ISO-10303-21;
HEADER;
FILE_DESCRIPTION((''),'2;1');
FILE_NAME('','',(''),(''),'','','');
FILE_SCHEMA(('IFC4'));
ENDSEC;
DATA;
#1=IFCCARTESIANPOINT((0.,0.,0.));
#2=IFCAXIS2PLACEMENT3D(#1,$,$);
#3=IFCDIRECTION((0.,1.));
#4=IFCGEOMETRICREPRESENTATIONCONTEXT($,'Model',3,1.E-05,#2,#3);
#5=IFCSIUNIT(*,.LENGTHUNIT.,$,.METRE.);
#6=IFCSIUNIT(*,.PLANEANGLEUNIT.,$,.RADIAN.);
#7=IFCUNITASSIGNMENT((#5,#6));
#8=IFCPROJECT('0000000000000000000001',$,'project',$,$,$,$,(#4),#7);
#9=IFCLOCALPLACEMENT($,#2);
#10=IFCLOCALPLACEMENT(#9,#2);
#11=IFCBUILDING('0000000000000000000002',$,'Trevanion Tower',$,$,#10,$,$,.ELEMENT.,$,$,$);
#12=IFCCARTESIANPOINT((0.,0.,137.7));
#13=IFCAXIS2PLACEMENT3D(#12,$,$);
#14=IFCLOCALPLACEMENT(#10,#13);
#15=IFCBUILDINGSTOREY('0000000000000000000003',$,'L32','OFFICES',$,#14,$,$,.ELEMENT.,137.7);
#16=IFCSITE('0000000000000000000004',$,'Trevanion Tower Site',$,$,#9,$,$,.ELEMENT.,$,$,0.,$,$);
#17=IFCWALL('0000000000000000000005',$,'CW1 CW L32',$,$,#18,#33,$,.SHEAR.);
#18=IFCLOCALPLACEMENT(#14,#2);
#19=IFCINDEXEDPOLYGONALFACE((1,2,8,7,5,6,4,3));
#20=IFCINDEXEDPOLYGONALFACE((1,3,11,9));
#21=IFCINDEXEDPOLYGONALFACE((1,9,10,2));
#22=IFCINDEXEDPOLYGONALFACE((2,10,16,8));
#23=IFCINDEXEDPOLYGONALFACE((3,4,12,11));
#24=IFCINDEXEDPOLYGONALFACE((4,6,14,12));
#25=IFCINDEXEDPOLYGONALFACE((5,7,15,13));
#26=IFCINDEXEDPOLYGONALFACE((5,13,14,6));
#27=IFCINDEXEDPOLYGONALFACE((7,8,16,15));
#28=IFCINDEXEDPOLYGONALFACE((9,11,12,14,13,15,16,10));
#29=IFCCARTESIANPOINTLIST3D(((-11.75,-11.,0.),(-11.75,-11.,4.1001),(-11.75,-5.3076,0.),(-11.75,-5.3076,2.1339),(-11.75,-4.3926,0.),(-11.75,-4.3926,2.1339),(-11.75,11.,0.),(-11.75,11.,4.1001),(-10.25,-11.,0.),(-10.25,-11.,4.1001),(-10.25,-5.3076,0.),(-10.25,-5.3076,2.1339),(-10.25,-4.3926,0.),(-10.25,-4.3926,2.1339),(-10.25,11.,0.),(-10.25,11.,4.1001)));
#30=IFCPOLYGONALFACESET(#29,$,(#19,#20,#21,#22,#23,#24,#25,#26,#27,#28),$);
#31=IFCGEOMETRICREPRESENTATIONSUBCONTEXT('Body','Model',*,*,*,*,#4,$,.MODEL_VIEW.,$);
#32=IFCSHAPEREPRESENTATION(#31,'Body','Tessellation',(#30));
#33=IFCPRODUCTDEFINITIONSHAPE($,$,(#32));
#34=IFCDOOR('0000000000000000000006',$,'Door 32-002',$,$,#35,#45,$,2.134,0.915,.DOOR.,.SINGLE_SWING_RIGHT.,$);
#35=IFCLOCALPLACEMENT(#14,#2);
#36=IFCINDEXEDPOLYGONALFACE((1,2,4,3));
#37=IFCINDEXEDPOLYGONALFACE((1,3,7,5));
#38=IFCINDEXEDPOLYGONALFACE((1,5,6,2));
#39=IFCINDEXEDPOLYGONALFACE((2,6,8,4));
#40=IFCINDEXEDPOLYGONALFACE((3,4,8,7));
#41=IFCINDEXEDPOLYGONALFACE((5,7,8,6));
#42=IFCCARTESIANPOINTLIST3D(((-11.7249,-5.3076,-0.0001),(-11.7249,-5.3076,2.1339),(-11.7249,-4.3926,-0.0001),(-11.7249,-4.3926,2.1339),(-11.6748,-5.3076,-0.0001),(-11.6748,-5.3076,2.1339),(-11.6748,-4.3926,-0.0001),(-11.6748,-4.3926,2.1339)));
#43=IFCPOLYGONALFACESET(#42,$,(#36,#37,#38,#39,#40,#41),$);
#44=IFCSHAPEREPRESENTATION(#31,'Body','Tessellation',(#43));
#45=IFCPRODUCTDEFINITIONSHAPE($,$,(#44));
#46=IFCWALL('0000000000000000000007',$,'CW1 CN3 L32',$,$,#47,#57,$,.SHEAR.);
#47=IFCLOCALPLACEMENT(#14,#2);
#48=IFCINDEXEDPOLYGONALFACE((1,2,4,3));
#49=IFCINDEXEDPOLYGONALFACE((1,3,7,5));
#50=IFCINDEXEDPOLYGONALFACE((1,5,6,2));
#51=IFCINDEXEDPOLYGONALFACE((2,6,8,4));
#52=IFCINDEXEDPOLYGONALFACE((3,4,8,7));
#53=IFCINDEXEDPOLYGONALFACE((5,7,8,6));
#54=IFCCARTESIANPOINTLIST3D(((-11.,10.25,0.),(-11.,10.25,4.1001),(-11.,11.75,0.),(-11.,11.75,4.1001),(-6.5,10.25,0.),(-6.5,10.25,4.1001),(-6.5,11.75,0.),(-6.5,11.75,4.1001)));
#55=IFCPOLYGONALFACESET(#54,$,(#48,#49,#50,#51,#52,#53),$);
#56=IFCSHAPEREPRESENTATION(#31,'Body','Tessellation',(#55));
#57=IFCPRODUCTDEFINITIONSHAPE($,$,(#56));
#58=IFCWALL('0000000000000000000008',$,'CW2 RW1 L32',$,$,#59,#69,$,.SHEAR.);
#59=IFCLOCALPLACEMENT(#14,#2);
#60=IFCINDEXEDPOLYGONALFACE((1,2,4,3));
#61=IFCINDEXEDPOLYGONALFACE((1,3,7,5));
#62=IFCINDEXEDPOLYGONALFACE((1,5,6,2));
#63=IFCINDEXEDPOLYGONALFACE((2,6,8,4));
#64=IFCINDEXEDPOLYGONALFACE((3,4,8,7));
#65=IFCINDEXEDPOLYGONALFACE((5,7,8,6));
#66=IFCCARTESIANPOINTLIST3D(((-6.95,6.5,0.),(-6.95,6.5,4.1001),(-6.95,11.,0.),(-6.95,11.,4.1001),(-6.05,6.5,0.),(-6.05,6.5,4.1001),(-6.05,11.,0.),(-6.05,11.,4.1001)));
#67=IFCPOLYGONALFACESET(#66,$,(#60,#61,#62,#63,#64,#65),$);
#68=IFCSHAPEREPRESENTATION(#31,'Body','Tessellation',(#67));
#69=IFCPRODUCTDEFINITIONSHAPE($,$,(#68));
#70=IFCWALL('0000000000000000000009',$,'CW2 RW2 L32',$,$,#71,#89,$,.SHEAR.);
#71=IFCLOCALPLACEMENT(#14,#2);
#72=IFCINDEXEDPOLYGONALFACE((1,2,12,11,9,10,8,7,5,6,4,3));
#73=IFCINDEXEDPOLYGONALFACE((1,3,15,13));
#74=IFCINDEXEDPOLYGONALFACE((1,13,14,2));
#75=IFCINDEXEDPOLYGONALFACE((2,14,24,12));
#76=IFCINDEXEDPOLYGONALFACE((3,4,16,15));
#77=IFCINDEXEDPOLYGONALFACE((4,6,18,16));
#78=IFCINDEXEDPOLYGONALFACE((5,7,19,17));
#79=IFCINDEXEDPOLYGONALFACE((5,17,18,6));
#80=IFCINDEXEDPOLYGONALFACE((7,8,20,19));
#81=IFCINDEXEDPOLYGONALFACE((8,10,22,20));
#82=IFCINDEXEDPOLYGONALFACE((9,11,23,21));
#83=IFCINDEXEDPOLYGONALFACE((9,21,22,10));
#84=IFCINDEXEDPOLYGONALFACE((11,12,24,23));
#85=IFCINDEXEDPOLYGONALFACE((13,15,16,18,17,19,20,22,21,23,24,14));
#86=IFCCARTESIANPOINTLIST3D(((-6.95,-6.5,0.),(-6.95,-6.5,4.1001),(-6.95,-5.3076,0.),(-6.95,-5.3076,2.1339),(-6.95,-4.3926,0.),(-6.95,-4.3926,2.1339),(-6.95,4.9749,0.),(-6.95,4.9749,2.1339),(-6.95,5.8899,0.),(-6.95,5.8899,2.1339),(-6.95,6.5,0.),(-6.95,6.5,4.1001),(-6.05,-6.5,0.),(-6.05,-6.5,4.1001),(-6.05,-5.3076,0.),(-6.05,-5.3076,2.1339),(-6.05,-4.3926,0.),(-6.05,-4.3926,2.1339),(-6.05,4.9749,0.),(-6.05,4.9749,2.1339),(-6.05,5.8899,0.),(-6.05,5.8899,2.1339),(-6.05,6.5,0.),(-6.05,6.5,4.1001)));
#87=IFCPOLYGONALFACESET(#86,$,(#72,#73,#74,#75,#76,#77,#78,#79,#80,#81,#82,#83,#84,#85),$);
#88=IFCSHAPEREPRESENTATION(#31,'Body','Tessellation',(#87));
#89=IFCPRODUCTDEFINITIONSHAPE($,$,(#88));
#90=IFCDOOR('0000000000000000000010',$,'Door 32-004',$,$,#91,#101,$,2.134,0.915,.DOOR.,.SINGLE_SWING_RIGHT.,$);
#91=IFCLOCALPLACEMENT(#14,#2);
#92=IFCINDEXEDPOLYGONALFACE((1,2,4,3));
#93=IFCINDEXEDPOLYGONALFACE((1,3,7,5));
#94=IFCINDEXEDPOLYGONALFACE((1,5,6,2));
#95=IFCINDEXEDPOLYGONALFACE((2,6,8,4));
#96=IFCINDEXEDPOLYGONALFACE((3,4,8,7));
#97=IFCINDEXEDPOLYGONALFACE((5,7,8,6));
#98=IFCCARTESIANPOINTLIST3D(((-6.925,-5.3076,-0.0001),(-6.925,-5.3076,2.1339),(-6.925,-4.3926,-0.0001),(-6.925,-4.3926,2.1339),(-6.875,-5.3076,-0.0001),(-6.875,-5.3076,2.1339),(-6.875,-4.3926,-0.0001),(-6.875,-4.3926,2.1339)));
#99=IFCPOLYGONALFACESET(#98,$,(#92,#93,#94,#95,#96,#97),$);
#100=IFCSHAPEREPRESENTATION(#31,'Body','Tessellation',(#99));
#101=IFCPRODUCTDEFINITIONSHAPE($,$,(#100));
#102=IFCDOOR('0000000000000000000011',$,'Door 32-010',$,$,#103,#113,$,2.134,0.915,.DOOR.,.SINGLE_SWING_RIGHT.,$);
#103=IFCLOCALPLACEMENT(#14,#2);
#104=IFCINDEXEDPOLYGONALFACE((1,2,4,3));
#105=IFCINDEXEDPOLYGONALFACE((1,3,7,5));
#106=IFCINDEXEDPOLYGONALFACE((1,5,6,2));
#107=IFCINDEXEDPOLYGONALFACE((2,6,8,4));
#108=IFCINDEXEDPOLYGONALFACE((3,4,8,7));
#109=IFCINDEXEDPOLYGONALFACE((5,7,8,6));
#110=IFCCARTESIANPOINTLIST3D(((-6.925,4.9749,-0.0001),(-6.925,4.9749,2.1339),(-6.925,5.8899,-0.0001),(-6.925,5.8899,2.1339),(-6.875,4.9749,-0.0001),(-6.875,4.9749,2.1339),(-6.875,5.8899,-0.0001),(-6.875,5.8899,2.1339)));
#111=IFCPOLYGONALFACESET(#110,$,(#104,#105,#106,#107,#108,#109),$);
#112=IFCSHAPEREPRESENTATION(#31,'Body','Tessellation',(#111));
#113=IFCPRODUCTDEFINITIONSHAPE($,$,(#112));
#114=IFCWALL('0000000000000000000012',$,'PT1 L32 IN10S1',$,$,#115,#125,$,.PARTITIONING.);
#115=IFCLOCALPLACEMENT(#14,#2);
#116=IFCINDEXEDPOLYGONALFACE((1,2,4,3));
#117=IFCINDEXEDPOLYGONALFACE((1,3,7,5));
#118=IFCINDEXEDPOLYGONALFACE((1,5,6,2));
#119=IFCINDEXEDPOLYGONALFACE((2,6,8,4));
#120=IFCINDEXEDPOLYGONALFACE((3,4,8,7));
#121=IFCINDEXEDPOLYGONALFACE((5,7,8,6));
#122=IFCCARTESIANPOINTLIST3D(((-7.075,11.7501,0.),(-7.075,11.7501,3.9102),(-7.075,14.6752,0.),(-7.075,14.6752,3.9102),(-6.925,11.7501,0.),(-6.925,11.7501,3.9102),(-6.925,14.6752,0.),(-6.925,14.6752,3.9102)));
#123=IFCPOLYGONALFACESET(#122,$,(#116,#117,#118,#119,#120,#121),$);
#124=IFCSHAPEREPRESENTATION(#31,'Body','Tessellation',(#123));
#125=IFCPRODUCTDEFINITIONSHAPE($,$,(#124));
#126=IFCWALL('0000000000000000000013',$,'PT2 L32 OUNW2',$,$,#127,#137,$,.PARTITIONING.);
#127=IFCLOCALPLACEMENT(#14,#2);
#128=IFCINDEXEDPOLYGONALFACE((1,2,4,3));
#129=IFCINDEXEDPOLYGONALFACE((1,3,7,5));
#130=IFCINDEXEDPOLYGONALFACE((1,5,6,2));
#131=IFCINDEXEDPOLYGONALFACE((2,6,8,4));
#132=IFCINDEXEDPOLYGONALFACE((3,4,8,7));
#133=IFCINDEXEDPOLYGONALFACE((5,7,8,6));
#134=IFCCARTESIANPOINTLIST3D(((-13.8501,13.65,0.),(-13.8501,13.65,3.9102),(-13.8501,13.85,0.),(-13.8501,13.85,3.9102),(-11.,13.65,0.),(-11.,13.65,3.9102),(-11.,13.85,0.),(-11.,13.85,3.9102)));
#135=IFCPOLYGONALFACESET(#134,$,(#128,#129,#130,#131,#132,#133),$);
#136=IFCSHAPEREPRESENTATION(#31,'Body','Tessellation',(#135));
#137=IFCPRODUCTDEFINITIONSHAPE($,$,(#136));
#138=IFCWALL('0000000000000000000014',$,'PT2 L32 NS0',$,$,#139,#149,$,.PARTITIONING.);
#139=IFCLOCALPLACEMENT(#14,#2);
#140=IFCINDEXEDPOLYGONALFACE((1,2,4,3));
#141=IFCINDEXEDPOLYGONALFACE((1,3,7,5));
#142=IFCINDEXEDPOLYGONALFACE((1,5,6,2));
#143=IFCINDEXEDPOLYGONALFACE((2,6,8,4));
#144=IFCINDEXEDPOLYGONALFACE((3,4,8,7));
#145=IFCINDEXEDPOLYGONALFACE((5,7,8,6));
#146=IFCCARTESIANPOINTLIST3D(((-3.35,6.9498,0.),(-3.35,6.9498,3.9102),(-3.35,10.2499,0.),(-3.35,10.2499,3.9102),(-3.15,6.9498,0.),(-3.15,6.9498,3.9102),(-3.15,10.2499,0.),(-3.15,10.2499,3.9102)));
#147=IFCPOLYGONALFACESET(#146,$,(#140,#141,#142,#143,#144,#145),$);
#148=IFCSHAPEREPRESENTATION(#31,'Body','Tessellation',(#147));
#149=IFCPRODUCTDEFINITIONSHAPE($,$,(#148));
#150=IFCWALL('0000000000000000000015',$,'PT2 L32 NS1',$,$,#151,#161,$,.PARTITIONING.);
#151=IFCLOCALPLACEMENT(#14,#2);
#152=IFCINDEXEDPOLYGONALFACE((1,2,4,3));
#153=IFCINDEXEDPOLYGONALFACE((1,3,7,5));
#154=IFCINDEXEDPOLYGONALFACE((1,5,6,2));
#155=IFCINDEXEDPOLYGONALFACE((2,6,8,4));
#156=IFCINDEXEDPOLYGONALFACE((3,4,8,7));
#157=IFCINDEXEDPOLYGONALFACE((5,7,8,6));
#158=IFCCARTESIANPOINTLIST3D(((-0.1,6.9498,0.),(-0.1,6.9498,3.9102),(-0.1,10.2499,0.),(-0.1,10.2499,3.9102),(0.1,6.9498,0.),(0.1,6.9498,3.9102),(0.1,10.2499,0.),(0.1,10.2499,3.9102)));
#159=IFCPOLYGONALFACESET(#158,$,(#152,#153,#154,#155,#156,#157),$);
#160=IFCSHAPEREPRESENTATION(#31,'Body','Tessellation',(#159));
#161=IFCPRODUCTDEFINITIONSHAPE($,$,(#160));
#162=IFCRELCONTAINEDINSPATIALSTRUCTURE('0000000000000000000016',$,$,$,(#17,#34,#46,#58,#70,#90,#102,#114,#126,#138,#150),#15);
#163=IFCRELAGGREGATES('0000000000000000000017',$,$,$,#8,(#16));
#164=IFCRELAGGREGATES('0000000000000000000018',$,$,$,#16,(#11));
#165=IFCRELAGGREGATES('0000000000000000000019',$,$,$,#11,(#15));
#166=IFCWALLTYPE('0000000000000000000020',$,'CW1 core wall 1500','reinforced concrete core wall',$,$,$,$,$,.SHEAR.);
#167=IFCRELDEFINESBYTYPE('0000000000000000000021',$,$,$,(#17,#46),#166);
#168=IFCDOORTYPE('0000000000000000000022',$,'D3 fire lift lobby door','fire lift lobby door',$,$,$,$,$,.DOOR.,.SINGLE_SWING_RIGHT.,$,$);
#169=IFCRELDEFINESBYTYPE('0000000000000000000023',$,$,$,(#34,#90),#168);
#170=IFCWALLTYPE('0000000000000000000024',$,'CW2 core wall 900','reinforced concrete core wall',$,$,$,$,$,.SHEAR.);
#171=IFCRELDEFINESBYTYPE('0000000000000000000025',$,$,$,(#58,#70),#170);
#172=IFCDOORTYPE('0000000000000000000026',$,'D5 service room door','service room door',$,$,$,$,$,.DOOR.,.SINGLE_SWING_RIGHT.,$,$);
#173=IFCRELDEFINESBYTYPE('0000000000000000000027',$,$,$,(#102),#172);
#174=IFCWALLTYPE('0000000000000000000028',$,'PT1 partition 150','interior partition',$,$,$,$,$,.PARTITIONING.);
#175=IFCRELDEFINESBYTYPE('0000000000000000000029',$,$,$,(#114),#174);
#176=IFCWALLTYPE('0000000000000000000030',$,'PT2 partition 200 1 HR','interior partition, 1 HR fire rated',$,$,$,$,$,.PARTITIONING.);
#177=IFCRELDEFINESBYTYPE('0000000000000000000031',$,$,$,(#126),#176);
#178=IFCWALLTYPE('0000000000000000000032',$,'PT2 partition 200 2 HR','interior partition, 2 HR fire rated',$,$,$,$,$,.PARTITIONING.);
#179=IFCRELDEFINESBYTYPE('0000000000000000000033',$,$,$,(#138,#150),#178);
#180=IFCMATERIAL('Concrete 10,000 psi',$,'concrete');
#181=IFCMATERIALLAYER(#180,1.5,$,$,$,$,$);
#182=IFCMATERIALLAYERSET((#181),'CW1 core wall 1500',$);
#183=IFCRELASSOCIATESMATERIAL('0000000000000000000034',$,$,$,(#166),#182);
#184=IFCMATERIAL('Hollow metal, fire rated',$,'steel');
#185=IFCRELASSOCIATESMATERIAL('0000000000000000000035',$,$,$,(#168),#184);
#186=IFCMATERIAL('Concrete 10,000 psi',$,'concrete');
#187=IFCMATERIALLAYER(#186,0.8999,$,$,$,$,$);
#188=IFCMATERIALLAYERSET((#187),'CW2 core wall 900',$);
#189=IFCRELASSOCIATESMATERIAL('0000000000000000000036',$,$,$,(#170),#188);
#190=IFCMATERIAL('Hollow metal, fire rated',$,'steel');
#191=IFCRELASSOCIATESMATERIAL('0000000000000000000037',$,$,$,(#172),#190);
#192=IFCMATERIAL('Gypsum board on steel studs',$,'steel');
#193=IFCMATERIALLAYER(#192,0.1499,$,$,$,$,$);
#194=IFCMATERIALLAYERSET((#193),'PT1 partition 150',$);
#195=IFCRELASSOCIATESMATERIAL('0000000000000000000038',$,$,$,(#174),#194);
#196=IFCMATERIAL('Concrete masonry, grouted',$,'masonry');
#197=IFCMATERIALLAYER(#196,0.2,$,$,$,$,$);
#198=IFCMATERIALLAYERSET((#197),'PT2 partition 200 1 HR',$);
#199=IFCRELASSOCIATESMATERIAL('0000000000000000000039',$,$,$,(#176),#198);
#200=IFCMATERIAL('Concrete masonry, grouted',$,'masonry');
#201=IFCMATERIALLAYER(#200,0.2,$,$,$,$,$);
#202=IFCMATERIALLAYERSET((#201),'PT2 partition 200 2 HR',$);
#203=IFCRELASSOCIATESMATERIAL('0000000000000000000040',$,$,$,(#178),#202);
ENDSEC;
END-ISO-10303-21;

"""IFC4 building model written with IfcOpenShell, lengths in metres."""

from ifc_helpers import new_model, si_unit, direction, frame, frame_2d, origin, place, context, subcontext, project, spatial, rectangle, extrude, material, layer, layer_set, type_object, element, fill, save


model = new_model("IFC4")

# Units and contexts
model_context = context("Model", 3, precision=1e-05, world=origin(), true_north=direction((0.0, 1.0)))
body_context = subcontext(model_context, "Body", "Model", "MODEL_VIEW")
ifc_project = project(units=[si_unit("LENGTHUNIT", "METRE"), si_unit("PLANEANGLEUNIT", "RADIAN")], contexts=[model_context])

# Site, building, storey
site_placement = place(None, origin())
site = spatial("IfcSite", under=ifc_project, at=site_placement, Name="Trevanion Tower Site", CompositionType="ELEMENT", RefElevation=0.0)
building_placement = place(site_placement, origin())
building = spatial("IfcBuilding", under=site, at=building_placement, Name="Trevanion Tower", CompositionType="ELEMENT")
storey_placement = place(building_placement, frame((0.0, 0.0, 137.7)))
storey = spatial("IfcBuildingStorey", under=building, at=storey_placement, Name="L32", Description="OFFICES", CompositionType="ELEMENT", Elevation=137.7)

# Wall, opening, door
ifc_material_1 = material(Name="Concrete 10,000 psi", Category="concrete")
ifc_layer_1 = layer(ifc_material_1, 1.5)
ifc_layer_set_1 = layer_set([ifc_layer_1], Name="CW1 core wall 1500")
wall_type_1 = type_object("IfcWallType", Name="CW1 core wall 1500", Description="reinforced concrete core wall", PredefinedType="SHEAR", material=ifc_layer_set_1)
wall_1_placement = place(storey_placement, frame((-11.0, 11.0, 0.0), z_axis=(0.0, 0.0, 1.0), x_axis=(0.0, -1.0, 0.0)))
wall_1 = element("IfcWall", 1, at=wall_1_placement, inside=storey, type_object=wall_type_1, Name="CW1 CW L32", PredefinedType="SHEAR", context=body_context, shape_type="SweptSolid", body=[
    extrude(rectangle(XDim=22.0, YDim=1.5, at=frame_2d((11.0, 0.0))), origin(), (0.0, 0.0, 1.0), 4.1001),
])
opening_1_placement = place(wall_1_placement, frame((15.3926, 0.0, 0.0)))
opening_1 = element("IfcOpeningElement", 2, at=opening_1_placement, cuts=wall_1, PredefinedType="OPENING", context=body_context, shape_type="SweptSolid", body=[
    extrude(rectangle(XDim=0.915, YDim=2.134, at=frame_2d((0.4575, 1.0669))), frame((0.0, 0.76, 0.0), z_axis=(0.0, -1.0, 0.0), x_axis=(1.0, 0.0, 0.0)), (0.0, 0.0, 1.0), 1.52),
])
ifc_material_2 = material(Name="Hollow metal, fire rated", Category="steel")
door_type_1 = type_object("IfcDoorType", Name="D3 fire lift lobby door", Description="fire lift lobby door", OperationType="SINGLE_SWING_RIGHT", PredefinedType="DOOR", material=ifc_material_2)
door_1_placement = place(opening_1_placement, origin())
door_1 = element("IfcDoor", 3, at=door_1_placement, inside=storey, type_object=door_type_1, Name="Door 32-002", OperationType="SINGLE_SWING_RIGHT", OverallHeight=2.134, OverallWidth=0.915, PredefinedType="DOOR", context=body_context, shape_type="SweptSolid", body=[
    extrude(rectangle(XDim=0.915, YDim=2.134, at=frame_2d((0.4575, 1.0669))), frame((0.0, -0.6748, 0.0), z_axis=(0.0, -1.0, 0.0), x_axis=(1.0, 0.0, 0.0)), (0.0, 0.0, 1.0), 0.05),
])
fill(opening_1, door_1)

# Walls
wall_2_placement = place(storey_placement, frame((-6.5, 11.0, 0.0), z_axis=(0.0, 0.0, 1.0), x_axis=(-1.0, 0.0, 0.0)))
element("IfcWall", 4, at=wall_2_placement, inside=storey, type_object=wall_type_1, Name="CW1 CN3 L32", PredefinedType="SHEAR", context=body_context, shape_type="SweptSolid", body=[
    extrude(rectangle(XDim=4.5, YDim=1.5, at=frame_2d((2.25, 0.0))), origin(), (0.0, 0.0, 1.0), 4.1001),
])
ifc_material_3 = material(Name="Concrete 10,000 psi", Category="concrete")
ifc_layer_2 = layer(ifc_material_3, 0.8999)
ifc_layer_set_2 = layer_set([ifc_layer_2], Name="CW2 core wall 900")
wall_type_2 = type_object("IfcWallType", Name="CW2 core wall 900", Description="reinforced concrete core wall", PredefinedType="SHEAR", material=ifc_layer_set_2)
wall_3_placement = place(storey_placement, frame((-6.5, 11.0, 0.0), z_axis=(0.0, 0.0, 1.0), x_axis=(0.0, -1.0, 0.0)))
element("IfcWall", 5, at=wall_3_placement, inside=storey, type_object=wall_type_2, Name="CW2 RW1 L32", PredefinedType="SHEAR", context=body_context, shape_type="SweptSolid", body=[
    extrude(rectangle(XDim=4.5, YDim=0.8999, at=frame_2d((2.25, 0.0))), origin(), (0.0, 0.0, 1.0), 4.1001),
])

# Wall, openings, doors
wall_4_placement = place(storey_placement, frame((-6.5, 6.5, 0.0), z_axis=(0.0, 0.0, 1.0), x_axis=(0.0, -1.0, 0.0)))
wall_4 = element("IfcWall", 6, at=wall_4_placement, inside=storey, type_object=wall_type_2, Name="CW2 RW2 L32", PredefinedType="SHEAR", context=body_context, shape_type="SweptSolid", body=[
    extrude(rectangle(XDim=13.0, YDim=0.8999, at=frame_2d((6.5, 0.0))), origin(), (0.0, 0.0, 1.0), 4.1001),
])
opening_2_placement = place(wall_4_placement, frame((10.8926, 0.0, 0.0)))
opening_2 = element("IfcOpeningElement", 7, at=opening_2_placement, cuts=wall_4, PredefinedType="OPENING", context=body_context, shape_type="SweptSolid", body=[
    extrude(rectangle(XDim=0.915, YDim=2.134, at=frame_2d((0.4575, 1.0669))), frame((0.0, 0.46, 0.0), z_axis=(0.0, -1.0, 0.0), x_axis=(1.0, 0.0, 0.0)), (0.0, 0.0, 1.0), 0.9199),
])
opening_3_placement = place(wall_4_placement, frame((0.6101, 0.0, 0.0)))
opening_3 = element("IfcOpeningElement", 8, at=opening_3_placement, cuts=wall_4, PredefinedType="OPENING", context=body_context, shape_type="SweptSolid", body=[
    extrude(rectangle(XDim=0.915, YDim=2.134, at=frame_2d((0.4575, 1.0669))), frame((0.0, 0.46, 0.0), z_axis=(0.0, -1.0, 0.0), x_axis=(1.0, 0.0, 0.0)), (0.0, 0.0, 1.0), 0.9199),
])
door_2_placement = place(opening_2_placement, origin())
door_2 = element("IfcDoor", 9, at=door_2_placement, inside=storey, type_object=door_type_1, Name="Door 32-004", OperationType="SINGLE_SWING_RIGHT", OverallHeight=2.134, OverallWidth=0.915, PredefinedType="DOOR", context=body_context, shape_type="SweptSolid", body=[
    extrude(rectangle(XDim=0.915, YDim=2.134, at=frame_2d((0.4575, 1.0669))), frame((0.0, -0.375, 0.0), z_axis=(0.0, -1.0, 0.0), x_axis=(1.0, 0.0, 0.0)), (0.0, 0.0, 1.0), 0.05),
])
fill(opening_2, door_2)
ifc_material_4 = material(Name="Hollow metal, fire rated", Category="steel")
door_type_2 = type_object("IfcDoorType", Name="D5 service room door", Description="service room door", OperationType="SINGLE_SWING_RIGHT", PredefinedType="DOOR", material=ifc_material_4)
door_3_placement = place(opening_3_placement, origin())
door_3 = element("IfcDoor", 10, at=door_3_placement, inside=storey, type_object=door_type_2, Name="Door 32-010", OperationType="SINGLE_SWING_RIGHT", OverallHeight=2.134, OverallWidth=0.915, PredefinedType="DOOR", context=body_context, shape_type="SweptSolid", body=[
    extrude(rectangle(XDim=0.915, YDim=2.134, at=frame_2d((0.4575, 1.0669))), frame((0.0, -0.375, 0.0), z_axis=(0.0, -1.0, 0.0), x_axis=(1.0, 0.0, 0.0)), (0.0, 0.0, 1.0), 0.05),
])
fill(opening_3, door_3)

# Walls
ifc_material_5 = material(Name="Gypsum board on steel studs", Category="steel")
ifc_layer_3 = layer(ifc_material_5, 0.1499)
ifc_layer_set_3 = layer_set([ifc_layer_3], Name="PT1 partition 150")
wall_type_3 = type_object("IfcWallType", Name="PT1 partition 150", Description="interior partition", PredefinedType="PARTITIONING", material=ifc_layer_set_3)
wall_5_placement = place(storey_placement, frame((-7.0, 14.675, 0.0), z_axis=(0.0, 0.0, 1.0), x_axis=(0.0, -1.0, 0.0)))
element("IfcWall", 11, at=wall_5_placement, inside=storey, type_object=wall_type_3, Name="PT1 L32 IN10S1", PredefinedType="PARTITIONING", context=body_context, shape_type="SweptSolid", body=[
    extrude(rectangle(XDim=2.925, YDim=0.1499, at=frame_2d((1.4624, 0.0))), origin(), (0.0, 0.0, 1.0), 3.9102),
])
ifc_material_6 = material(Name="Concrete masonry, grouted", Category="masonry")
ifc_layer_4 = layer(ifc_material_6, 0.2)
ifc_layer_set_4 = layer_set([ifc_layer_4], Name="PT2 partition 200 1 HR")
wall_type_4 = type_object("IfcWallType", Name="PT2 partition 200 1 HR", Description="interior partition, 1 HR fire rated", PredefinedType="PARTITIONING", material=ifc_layer_set_4)
wall_6_placement = place(storey_placement, frame((-11.0, 13.75, 0.0), z_axis=(0.0, 0.0, 1.0), x_axis=(-1.0, 0.0, 0.0)))
element("IfcWall", 12, at=wall_6_placement, inside=storey, type_object=wall_type_4, Name="PT2 L32 OUNW2", PredefinedType="PARTITIONING", context=body_context, shape_type="SweptSolid", body=[
    extrude(rectangle(XDim=2.8501, YDim=0.2, at=frame_2d((1.425, 0.0))), origin(), (0.0, 0.0, 1.0), 3.9102),
])
ifc_material_7 = material(Name="Concrete masonry, grouted", Category="masonry")
ifc_layer_5 = layer(ifc_material_7, 0.2)
ifc_layer_set_5 = layer_set([ifc_layer_5], Name="PT2 partition 200 2 HR")
wall_type_5 = type_object("IfcWallType", Name="PT2 partition 200 2 HR", Description="interior partition, 2 HR fire rated", PredefinedType="PARTITIONING", material=ifc_layer_set_5)
for number, where, z_axis, x_axis, name in (
    (13, (-3.25, 6.95, 0.0), (0.0, 0.0, 1.0), (0.0, 1.0, 0.0), "PT2 L32 NS0"),
    (14, (0.0, 6.95, 0.0), (0.0, 0.0, 1.0), (0.0, 1.0, 0.0), "PT2 L32 NS1"),
):
    element("IfcWall", number, at=place(storey_placement, frame(where, z_axis=z_axis, x_axis=x_axis)), inside=storey, type_object=wall_type_5, Name=name, PredefinedType="PARTITIONING", context=body_context, shape_type="SweptSolid", body=[
        extrude(rectangle(XDim=3.3, YDim=0.2, at=frame_2d((1.6499, 0.0))), origin(), (0.0, 0.0, 1.0), 3.9102),
    ])

save(model, "model.ifc")
